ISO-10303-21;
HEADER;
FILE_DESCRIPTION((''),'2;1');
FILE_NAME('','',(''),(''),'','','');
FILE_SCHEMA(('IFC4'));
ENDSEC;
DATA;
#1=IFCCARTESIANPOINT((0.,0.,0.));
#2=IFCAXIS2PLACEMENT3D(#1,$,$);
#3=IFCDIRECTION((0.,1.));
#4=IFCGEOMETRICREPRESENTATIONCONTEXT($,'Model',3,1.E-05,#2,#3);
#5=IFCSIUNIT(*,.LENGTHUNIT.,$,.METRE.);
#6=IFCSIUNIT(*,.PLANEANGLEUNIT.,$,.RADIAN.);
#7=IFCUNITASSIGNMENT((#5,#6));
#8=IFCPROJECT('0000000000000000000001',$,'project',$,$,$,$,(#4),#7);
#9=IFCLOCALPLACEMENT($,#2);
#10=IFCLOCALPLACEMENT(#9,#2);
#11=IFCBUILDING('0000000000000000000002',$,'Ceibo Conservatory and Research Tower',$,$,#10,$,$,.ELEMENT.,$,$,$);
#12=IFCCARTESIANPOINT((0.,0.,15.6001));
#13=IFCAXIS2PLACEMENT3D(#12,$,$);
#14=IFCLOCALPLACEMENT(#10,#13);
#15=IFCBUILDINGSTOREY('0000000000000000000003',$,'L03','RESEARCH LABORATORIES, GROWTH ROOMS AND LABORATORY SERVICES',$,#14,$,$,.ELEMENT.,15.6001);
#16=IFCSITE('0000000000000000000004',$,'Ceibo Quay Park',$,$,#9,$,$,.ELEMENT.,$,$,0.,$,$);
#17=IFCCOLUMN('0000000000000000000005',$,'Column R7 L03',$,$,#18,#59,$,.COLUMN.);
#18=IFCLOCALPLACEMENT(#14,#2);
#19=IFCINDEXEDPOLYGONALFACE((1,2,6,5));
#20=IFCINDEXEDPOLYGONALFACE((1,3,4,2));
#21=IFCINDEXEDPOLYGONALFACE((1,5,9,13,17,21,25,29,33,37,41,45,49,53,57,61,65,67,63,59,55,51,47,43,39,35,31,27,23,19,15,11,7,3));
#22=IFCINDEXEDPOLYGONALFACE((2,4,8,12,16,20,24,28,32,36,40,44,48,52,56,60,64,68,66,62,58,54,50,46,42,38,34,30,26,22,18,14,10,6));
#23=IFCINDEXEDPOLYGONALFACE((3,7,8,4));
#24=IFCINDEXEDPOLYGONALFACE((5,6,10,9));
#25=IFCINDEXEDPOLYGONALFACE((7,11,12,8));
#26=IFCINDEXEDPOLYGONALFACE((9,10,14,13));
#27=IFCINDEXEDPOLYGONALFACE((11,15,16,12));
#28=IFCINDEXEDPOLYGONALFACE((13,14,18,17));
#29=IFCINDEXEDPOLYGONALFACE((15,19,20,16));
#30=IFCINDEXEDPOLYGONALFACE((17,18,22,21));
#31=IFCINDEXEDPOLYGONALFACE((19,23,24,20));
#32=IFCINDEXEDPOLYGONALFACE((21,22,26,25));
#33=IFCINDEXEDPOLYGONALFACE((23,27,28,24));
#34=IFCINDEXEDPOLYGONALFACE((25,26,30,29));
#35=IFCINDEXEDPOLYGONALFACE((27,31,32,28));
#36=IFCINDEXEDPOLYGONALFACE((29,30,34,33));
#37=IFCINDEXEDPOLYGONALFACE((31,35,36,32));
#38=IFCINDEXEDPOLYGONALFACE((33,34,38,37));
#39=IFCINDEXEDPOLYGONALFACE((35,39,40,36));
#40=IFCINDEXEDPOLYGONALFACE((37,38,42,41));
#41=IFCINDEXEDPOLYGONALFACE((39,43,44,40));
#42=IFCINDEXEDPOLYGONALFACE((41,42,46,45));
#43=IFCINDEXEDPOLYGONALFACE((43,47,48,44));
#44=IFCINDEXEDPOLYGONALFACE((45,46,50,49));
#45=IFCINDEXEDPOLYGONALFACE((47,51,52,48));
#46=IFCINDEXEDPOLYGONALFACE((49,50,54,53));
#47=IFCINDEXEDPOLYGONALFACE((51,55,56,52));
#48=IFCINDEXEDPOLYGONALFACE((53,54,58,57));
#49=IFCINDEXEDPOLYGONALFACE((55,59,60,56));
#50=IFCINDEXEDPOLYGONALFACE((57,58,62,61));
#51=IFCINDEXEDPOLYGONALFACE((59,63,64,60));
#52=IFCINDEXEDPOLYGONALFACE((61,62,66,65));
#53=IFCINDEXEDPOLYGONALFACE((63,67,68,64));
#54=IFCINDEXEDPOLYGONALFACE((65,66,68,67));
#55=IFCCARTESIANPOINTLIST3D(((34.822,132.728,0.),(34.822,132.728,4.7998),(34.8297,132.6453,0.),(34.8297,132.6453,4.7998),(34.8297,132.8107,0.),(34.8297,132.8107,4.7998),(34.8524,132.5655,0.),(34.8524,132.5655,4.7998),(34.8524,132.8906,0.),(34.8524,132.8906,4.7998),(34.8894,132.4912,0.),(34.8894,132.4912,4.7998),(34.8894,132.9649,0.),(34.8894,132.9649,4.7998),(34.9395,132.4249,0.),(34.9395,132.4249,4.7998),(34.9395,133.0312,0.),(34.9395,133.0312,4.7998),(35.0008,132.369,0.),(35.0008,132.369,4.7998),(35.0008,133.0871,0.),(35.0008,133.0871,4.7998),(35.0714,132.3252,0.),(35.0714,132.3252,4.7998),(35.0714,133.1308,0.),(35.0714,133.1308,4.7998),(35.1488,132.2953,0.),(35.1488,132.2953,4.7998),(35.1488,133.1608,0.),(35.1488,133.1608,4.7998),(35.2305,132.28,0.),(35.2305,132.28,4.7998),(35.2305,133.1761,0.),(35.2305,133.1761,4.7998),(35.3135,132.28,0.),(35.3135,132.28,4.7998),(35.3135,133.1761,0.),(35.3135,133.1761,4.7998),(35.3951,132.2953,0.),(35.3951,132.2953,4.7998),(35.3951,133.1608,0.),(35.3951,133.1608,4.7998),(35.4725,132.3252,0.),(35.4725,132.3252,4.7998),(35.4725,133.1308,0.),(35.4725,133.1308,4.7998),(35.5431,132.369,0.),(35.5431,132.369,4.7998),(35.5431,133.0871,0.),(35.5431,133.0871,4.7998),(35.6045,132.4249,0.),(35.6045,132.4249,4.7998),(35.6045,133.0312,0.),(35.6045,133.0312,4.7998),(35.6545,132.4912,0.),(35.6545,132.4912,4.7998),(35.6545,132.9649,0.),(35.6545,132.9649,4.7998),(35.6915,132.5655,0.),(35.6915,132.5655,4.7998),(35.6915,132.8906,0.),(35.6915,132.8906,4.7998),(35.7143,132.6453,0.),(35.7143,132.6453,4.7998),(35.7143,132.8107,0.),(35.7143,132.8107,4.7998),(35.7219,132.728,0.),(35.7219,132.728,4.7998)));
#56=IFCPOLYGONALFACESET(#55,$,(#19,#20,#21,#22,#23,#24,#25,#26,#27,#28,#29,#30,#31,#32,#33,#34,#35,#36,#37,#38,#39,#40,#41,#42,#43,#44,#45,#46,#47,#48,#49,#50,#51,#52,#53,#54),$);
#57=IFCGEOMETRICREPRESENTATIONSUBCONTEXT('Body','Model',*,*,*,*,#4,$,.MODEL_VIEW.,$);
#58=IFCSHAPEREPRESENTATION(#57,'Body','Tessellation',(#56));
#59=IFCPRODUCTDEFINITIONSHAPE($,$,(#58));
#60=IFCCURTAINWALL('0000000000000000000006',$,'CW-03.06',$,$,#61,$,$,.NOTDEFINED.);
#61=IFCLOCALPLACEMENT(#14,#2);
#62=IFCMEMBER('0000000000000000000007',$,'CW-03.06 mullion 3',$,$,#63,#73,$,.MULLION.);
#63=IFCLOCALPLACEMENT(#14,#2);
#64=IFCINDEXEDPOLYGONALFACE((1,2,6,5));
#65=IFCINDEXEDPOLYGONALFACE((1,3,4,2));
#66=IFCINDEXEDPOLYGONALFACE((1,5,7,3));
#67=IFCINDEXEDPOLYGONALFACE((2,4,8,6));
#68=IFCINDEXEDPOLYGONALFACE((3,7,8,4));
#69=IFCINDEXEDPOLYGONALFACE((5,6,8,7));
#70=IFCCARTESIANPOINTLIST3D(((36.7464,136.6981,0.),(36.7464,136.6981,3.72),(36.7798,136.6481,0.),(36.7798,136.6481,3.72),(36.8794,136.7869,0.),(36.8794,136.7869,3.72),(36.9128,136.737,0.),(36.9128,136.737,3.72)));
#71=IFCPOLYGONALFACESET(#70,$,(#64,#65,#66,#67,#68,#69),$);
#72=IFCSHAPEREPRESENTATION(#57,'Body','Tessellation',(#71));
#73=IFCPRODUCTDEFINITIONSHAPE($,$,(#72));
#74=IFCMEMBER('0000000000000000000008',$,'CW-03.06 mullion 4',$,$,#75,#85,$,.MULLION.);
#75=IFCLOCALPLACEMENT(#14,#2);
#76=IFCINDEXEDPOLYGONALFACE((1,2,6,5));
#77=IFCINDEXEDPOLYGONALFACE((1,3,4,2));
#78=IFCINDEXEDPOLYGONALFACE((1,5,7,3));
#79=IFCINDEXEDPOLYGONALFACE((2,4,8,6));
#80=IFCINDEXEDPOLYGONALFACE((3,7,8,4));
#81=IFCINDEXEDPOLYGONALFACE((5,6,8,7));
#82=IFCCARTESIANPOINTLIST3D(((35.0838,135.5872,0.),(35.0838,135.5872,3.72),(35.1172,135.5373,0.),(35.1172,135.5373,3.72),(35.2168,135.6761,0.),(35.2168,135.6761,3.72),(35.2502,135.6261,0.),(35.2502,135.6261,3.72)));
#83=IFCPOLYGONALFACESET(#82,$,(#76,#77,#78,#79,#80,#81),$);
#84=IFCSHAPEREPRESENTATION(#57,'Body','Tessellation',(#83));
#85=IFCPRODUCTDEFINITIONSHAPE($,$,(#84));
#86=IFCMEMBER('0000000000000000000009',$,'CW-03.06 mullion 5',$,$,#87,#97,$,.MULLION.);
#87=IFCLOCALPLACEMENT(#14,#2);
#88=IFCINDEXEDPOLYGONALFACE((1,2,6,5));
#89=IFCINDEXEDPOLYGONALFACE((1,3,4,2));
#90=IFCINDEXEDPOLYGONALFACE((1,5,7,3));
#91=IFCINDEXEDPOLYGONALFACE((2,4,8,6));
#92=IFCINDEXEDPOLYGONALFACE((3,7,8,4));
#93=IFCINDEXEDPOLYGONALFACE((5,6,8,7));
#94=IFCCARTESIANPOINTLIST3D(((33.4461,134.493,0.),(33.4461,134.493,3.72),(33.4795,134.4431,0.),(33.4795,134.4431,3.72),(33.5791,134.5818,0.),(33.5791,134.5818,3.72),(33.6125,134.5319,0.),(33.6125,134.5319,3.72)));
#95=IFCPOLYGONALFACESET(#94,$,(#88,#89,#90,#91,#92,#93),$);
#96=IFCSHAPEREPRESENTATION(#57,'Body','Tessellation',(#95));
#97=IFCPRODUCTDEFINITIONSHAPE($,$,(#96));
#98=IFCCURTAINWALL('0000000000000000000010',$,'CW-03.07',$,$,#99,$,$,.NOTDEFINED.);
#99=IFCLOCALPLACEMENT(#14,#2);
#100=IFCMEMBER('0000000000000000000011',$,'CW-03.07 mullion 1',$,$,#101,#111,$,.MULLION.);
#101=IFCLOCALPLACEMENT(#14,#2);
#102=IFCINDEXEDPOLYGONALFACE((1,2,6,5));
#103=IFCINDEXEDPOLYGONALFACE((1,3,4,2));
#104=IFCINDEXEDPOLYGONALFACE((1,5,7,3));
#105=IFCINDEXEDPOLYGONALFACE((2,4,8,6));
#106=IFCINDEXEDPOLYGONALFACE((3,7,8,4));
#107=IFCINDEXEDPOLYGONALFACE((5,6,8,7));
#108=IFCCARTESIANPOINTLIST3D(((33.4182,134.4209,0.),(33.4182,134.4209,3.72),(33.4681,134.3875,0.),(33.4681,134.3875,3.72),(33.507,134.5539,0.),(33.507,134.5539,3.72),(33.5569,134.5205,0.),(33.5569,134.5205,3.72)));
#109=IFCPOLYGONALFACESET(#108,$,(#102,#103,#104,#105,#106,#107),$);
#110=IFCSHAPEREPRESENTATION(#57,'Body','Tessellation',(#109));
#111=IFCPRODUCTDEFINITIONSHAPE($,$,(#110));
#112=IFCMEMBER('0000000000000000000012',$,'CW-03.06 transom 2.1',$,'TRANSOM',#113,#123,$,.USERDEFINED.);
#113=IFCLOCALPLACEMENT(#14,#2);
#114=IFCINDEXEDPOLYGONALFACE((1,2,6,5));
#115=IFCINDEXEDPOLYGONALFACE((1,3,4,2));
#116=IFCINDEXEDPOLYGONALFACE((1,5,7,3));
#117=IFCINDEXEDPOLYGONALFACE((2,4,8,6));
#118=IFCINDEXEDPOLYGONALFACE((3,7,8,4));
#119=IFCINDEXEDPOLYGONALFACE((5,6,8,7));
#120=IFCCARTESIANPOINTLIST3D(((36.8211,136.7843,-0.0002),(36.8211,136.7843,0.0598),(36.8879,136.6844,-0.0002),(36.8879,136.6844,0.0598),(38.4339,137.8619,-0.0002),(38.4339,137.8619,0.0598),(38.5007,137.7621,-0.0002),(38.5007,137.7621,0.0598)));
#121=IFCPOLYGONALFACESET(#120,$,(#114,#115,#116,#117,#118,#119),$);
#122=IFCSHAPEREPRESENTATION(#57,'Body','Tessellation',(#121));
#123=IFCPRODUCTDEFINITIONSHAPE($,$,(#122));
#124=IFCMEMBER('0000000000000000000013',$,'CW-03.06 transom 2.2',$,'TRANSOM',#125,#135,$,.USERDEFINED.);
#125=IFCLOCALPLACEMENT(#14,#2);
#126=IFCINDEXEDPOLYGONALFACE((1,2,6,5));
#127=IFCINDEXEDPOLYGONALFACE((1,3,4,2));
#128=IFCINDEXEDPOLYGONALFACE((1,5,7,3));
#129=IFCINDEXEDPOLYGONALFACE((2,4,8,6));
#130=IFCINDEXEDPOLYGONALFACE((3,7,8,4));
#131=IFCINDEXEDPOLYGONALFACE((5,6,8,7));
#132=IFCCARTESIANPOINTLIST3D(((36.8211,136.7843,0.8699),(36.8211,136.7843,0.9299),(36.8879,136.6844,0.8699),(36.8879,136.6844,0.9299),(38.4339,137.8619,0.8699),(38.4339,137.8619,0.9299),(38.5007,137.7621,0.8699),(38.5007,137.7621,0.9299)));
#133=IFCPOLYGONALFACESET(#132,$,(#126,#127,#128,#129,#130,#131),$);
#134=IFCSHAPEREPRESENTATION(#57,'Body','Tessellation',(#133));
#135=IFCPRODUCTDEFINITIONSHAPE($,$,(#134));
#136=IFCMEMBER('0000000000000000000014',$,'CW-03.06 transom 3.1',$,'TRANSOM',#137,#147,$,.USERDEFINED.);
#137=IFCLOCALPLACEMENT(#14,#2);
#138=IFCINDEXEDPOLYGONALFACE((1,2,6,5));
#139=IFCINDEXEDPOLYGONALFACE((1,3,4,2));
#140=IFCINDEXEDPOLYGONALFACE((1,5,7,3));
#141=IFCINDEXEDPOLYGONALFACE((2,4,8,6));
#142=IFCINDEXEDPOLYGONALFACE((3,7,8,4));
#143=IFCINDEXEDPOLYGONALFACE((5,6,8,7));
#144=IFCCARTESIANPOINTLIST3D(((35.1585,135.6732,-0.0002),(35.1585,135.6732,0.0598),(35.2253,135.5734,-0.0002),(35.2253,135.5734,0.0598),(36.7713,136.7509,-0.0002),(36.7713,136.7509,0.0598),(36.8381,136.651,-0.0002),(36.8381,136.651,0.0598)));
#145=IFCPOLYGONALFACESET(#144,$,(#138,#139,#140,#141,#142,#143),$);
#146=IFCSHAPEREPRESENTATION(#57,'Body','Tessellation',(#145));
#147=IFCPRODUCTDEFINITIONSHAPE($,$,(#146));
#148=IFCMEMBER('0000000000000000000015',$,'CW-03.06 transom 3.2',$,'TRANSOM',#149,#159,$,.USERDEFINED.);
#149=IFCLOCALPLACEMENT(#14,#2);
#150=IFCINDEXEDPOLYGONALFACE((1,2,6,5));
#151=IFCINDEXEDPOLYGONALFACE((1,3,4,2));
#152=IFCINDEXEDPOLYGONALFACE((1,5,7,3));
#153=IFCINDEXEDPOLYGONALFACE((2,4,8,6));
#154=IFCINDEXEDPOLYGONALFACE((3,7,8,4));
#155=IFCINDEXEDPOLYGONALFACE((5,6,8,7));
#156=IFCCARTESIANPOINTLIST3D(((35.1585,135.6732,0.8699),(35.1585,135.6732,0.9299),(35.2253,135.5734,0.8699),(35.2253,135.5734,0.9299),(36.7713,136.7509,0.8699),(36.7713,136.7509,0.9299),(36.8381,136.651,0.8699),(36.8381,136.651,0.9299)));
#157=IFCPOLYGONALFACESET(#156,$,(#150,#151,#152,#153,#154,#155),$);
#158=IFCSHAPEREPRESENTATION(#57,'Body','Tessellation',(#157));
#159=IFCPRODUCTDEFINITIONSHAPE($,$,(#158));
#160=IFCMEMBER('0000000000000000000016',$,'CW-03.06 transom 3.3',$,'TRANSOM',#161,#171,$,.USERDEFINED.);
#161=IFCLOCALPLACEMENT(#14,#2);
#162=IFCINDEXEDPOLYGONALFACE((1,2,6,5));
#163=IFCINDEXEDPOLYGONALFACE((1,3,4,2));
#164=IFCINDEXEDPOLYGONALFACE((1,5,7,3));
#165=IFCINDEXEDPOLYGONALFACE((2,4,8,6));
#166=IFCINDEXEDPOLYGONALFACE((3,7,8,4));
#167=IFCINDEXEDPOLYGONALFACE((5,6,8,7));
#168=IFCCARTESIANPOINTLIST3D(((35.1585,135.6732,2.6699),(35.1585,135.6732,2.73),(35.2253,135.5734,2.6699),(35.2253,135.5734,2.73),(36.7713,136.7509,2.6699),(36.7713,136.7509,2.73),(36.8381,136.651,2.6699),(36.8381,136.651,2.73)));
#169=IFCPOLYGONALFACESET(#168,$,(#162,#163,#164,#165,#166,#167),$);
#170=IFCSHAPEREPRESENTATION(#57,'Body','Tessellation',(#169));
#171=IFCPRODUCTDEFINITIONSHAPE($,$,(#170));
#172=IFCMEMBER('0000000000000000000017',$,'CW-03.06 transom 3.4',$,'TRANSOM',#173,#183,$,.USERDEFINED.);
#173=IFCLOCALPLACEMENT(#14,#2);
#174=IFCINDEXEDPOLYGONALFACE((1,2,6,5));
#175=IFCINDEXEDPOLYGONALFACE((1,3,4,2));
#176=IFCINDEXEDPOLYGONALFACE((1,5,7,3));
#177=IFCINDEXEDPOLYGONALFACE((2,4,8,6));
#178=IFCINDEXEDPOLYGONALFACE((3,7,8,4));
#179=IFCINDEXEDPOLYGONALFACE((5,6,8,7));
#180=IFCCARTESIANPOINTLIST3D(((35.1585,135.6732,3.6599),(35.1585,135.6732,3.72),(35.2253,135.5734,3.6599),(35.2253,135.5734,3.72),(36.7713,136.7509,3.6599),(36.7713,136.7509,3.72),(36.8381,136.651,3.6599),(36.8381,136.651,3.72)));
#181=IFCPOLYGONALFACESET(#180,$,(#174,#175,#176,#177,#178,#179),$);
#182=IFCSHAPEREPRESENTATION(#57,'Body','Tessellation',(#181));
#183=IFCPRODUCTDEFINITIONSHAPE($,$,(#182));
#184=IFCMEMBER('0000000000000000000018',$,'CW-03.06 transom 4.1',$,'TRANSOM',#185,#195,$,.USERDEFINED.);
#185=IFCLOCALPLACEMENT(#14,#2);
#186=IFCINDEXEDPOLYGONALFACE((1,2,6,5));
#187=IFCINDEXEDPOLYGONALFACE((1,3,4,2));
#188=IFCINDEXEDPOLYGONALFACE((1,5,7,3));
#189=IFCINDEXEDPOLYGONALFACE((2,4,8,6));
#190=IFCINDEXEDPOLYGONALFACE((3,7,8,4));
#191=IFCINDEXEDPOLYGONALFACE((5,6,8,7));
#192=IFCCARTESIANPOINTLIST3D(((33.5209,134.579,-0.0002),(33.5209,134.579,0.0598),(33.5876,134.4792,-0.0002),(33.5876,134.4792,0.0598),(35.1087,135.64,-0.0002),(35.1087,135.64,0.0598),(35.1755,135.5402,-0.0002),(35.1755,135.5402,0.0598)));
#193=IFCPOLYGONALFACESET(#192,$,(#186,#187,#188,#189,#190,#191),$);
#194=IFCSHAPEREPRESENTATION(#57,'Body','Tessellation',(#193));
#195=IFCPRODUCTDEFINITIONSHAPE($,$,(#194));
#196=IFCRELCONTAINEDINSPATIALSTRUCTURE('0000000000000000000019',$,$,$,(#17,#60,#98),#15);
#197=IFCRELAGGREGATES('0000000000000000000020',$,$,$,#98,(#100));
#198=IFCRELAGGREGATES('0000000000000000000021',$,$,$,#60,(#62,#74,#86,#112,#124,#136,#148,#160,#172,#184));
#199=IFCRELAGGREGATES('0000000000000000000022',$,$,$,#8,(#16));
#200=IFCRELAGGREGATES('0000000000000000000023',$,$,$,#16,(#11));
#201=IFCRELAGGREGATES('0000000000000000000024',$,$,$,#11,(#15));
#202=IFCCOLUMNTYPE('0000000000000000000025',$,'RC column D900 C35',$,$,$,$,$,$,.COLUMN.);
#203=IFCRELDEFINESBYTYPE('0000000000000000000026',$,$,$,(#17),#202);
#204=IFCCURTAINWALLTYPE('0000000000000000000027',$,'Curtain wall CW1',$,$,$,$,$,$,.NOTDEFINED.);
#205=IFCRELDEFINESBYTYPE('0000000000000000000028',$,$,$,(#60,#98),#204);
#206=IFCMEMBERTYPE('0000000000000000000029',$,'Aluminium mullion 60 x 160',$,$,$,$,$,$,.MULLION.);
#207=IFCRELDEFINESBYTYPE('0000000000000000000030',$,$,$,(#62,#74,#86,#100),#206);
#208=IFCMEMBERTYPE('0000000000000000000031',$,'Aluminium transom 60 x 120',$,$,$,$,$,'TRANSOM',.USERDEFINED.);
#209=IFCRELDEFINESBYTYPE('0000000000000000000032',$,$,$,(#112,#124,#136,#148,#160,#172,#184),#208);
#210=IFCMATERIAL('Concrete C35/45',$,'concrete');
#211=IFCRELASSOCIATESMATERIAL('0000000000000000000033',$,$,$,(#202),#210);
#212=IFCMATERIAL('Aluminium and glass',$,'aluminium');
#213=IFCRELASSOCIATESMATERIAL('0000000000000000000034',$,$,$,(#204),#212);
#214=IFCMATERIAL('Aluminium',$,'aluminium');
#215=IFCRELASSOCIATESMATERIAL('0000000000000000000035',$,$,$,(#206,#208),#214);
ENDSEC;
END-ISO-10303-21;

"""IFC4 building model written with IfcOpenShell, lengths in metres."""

from ifc_helpers import new_model, si_unit, direction, frame, origin, origin_2d, place, context, subcontext, project, spatial, rectangle, circle, extrude, material, material_profile, profile_set, type_object, element, aggregate, save


model = new_model("IFC4")

# Units and contexts
model_context = context("Model", 3, precision=1e-05, world=origin(), true_north=direction((0.0, 1.0)))
body_context = subcontext(model_context, "Body", "Model", "MODEL_VIEW")
ifc_project = project(units=[si_unit("LENGTHUNIT", "METRE"), si_unit("PLANEANGLEUNIT", "RADIAN")], contexts=[model_context])

# Site, building, storey
site_placement = place(None, origin())
site = spatial("IfcSite", under=ifc_project, at=site_placement, Name="Ceibo Quay Park", CompositionType="ELEMENT", RefElevation=0.0)
building_placement = place(site_placement, origin())
building = spatial("IfcBuilding", under=site, at=building_placement, Name="Ceibo Conservatory and Research Tower", CompositionType="ELEMENT")
storey_placement = place(building_placement, frame((0.0, 0.0, 15.6001)))
storey = spatial("IfcBuildingStorey", under=building, at=storey_placement, Name="L03", Description="RESEARCH LABORATORIES, GROWTH ROOMS AND LABORATORY SERVICES", CompositionType="ELEMENT", Elevation=15.6001)

# Column
ifc_material_1 = material(Name="Concrete C35/45", Category="concrete")
ifc_material_profile_1 = material_profile(ifc_material_1, circle(Radius=0.45, at=origin_2d()), Name="RC D900")
ifc_profile_set_1 = profile_set([ifc_material_profile_1], Name="Concrete C35/45")
column_type = type_object("IfcColumnType", Name="RC column D900 C35", PredefinedType="COLUMN", material=ifc_profile_set_1)
column_placement = place(storey_placement, frame((35.272, 132.728, 0.0), z_axis=(0.0, 0.0, 1.0), x_axis=(1.0, 0.0, 0.0)))
element("IfcColumn", 1, at=column_placement, inside=storey, type_object=column_type, Name="Column R7 L03", PredefinedType="COLUMN", context=body_context, shape_type="SweptSolid", body=[
    extrude(circle(Radius=0.45, at=origin_2d()), origin(), (0.0, 0.0, 1.0), 4.7998),
])

# Curtain wall, members
ifc_material_2 = material(Name="Aluminium and glass", Category="aluminium")
curtain_wall_type = type_object("IfcCurtainWallType", Name="Curtain wall CW1", PredefinedType="NOTDEFINED", material=ifc_material_2)
curtain_wall_1_placement = place(storey_placement, origin())
curtain_wall_1 = element("IfcCurtainWall", 2, at=curtain_wall_1_placement, inside=storey, type_object=curtain_wall_type, Name="CW-03.06", PredefinedType="NOTDEFINED")
ifc_material_3 = material(Name="Aluminium", Category="aluminium")
ifc_material_profile_2 = material_profile(ifc_material_3, rectangle(XDim=0.0601, YDim=0.1599, at=origin_2d()), Name="Aluminium 60 x 160")
ifc_profile_set_2 = profile_set([ifc_material_profile_2], Name="Aluminium")
member_type_1 = type_object("IfcMemberType", Name="Aluminium mullion 60 x 160", PredefinedType="MULLION", material=ifc_profile_set_2)
member_1_placement = place(storey_placement, frame((36.8296, 136.7175, 0.0), z_axis=(0.0, 0.0, 1.0), x_axis=(0.55557, -0.83147, 0.0)))
member_1 = element("IfcMember", 3, at=member_1_placement, type_object=member_type_1, Name="CW-03.06 mullion 3", PredefinedType="MULLION", context=body_context, shape_type="SweptSolid", body=[
    extrude(rectangle(XDim=0.0601, YDim=0.1599, at=origin_2d()), origin(), (0.0, 0.0, 1.0), 3.72),
])
member_2_placement = place(storey_placement, frame((35.167, 135.6067, 0.0), z_axis=(0.0, 0.0, 1.0), x_axis=(0.55557, -0.83147, 0.0)))
member_2 = element("IfcMember", 4, at=member_2_placement, type_object=member_type_1, Name="CW-03.06 mullion 4", PredefinedType="MULLION", context=body_context, shape_type="SweptSolid", body=[
    extrude(rectangle(XDim=0.0601, YDim=0.1599, at=origin_2d()), origin(), (0.0, 0.0, 1.0), 3.72),
])
member_3_placement = place(storey_placement, frame((33.5293, 134.5125, 0.0), z_axis=(0.0, 0.0, 1.0), x_axis=(0.55557, -0.83147, 0.0)))
member_3 = element("IfcMember", 5, at=member_3_placement, type_object=member_type_1, Name="CW-03.06 mullion 5", PredefinedType="MULLION", context=body_context, shape_type="SweptSolid", body=[
    extrude(rectangle(XDim=0.0601, YDim=0.1599, at=origin_2d()), origin(), (0.0, 0.0, 1.0), 3.72),
])

# Curtain wall, member
curtain_wall_2_placement = place(storey_placement, origin())
curtain_wall_2 = element("IfcCurtainWall", 6, at=curtain_wall_2_placement, inside=storey, type_object=curtain_wall_type, Name="CW-03.07", PredefinedType="NOTDEFINED")
member_4_placement = place(storey_placement, frame((33.4875, 134.4707, 0.0), z_axis=(0.0, 0.0, 1.0), x_axis=(0.83147, -0.55557, 0.0)))
member_4 = element("IfcMember", 7, at=member_4_placement, type_object=member_type_1, Name="CW-03.07 mullion 1", PredefinedType="MULLION", context=body_context, shape_type="SweptSolid", body=[
    extrude(rectangle(XDim=0.0601, YDim=0.1599, at=origin_2d()), origin(), (0.0, 0.0, 1.0), 3.72),
])

# Members
ifc_material_profile_3 = material_profile(ifc_material_3, rectangle(XDim=0.1201, YDim=0.0601, at=origin_2d()), Name="Aluminium 60 x 120")
ifc_profile_set_3 = profile_set([ifc_material_profile_3], Name="Aluminium")
member_type_2 = type_object("IfcMemberType", Name="Aluminium transom 60 x 120", ElementType="TRANSOM", PredefinedType="USERDEFINED", material=ifc_profile_set_3)
member_5_placement = place(storey_placement, frame((38.4673, 137.812, 0.0298), z_axis=(-0.831469, -0.555571, 0.0), x_axis=(0.555571, -0.831469, 0.0)))
member_5 = element("IfcMember", 8, at=member_5_placement, type_object=member_type_2, Name="CW-03.06 transom 2.1", ObjectType="TRANSOM", PredefinedType="USERDEFINED", context=body_context, shape_type="SweptSolid", body=[
    extrude(rectangle(XDim=0.1201, YDim=0.0601, at=origin_2d()), origin(), (0.0, 0.0, 1.0), 1.9397),
])
member_6_placement = place(storey_placement, frame((38.4673, 137.812, 0.8999), z_axis=(-0.831469, -0.555571, 0.0), x_axis=(0.555571, -0.831469, 0.0)))
member_6 = element("IfcMember", 9, at=member_6_placement, type_object=member_type_2, Name="CW-03.06 transom 2.2", ObjectType="TRANSOM", PredefinedType="USERDEFINED", context=body_context, shape_type="SweptSolid", body=[
    extrude(rectangle(XDim=0.1201, YDim=0.0601, at=origin_2d()), origin(), (0.0, 0.0, 1.0), 1.9397),
])
member_7_placement = place(storey_placement, frame((36.8047, 136.7009, 0.0298), z_axis=(-0.831469, -0.555571, 0.0), x_axis=(0.555571, -0.831469, 0.0)))
member_7 = element("IfcMember", 10, at=member_7_placement, type_object=member_type_2, Name="CW-03.06 transom 3.1", ObjectType="TRANSOM", PredefinedType="USERDEFINED", context=body_context, shape_type="SweptSolid", body=[
    extrude(rectangle(XDim=0.1201, YDim=0.0601, at=origin_2d()), origin(), (0.0, 0.0, 1.0), 1.9397),
])
member_8_placement = place(storey_placement, frame((36.8047, 136.7009, 0.8999), z_axis=(-0.831469, -0.555571, 0.0), x_axis=(0.555571, -0.831469, 0.0)))
member_8 = element("IfcMember", 11, at=member_8_placement, type_object=member_type_2, Name="CW-03.06 transom 3.2", ObjectType="TRANSOM", PredefinedType="USERDEFINED", context=body_context, shape_type="SweptSolid", body=[
    extrude(rectangle(XDim=0.1201, YDim=0.0601, at=origin_2d()), origin(), (0.0, 0.0, 1.0), 1.9397),
])
member_9_placement = place(storey_placement, frame((36.8047, 136.7009, 2.7), z_axis=(-0.831469, -0.555571, 0.0), x_axis=(0.555571, -0.831469, 0.0)))
member_9 = element("IfcMember", 12, at=member_9_placement, type_object=member_type_2, Name="CW-03.06 transom 3.3", ObjectType="TRANSOM", PredefinedType="USERDEFINED", context=body_context, shape_type="SweptSolid", body=[
    extrude(rectangle(XDim=0.1201, YDim=0.0601, at=origin_2d()), origin(), (0.0, 0.0, 1.0), 1.9397),
])
member_10_placement = place(storey_placement, frame((36.8047, 136.7009, 3.6899), z_axis=(-0.831469, -0.555571, 0.0), x_axis=(0.555571, -0.831469, 0.0)))
member_10 = element("IfcMember", 13, at=member_10_placement, type_object=member_type_2, Name="CW-03.06 transom 3.4", ObjectType="TRANSOM", PredefinedType="USERDEFINED", context=body_context, shape_type="SweptSolid", body=[
    extrude(rectangle(XDim=0.1201, YDim=0.0601, at=origin_2d()), origin(), (0.0, 0.0, 1.0), 1.9397),
])
member_11_placement = place(storey_placement, frame((35.1421, 135.5901, 0.0298), z_axis=(-0.83146, -0.555585, 0.0), x_axis=(0.555585, -0.83146, 0.0)))
member_11 = element("IfcMember", 14, at=member_11_placement, type_object=member_type_2, Name="CW-03.06 transom 4.1", ObjectType="TRANSOM", PredefinedType="USERDEFINED", context=body_context, shape_type="SweptSolid", body=[
    extrude(rectangle(XDim=0.1201, YDim=0.0601, at=origin_2d()), origin(), (0.0, 0.0, 1.0), 1.9097),
])
aggregate(curtain_wall_2, [member_4])

aggregate(curtain_wall_1, [member_1, member_2, member_3, member_5, member_6, member_7, member_8, member_9, member_10, member_11])

save(model, "model.ifc")
